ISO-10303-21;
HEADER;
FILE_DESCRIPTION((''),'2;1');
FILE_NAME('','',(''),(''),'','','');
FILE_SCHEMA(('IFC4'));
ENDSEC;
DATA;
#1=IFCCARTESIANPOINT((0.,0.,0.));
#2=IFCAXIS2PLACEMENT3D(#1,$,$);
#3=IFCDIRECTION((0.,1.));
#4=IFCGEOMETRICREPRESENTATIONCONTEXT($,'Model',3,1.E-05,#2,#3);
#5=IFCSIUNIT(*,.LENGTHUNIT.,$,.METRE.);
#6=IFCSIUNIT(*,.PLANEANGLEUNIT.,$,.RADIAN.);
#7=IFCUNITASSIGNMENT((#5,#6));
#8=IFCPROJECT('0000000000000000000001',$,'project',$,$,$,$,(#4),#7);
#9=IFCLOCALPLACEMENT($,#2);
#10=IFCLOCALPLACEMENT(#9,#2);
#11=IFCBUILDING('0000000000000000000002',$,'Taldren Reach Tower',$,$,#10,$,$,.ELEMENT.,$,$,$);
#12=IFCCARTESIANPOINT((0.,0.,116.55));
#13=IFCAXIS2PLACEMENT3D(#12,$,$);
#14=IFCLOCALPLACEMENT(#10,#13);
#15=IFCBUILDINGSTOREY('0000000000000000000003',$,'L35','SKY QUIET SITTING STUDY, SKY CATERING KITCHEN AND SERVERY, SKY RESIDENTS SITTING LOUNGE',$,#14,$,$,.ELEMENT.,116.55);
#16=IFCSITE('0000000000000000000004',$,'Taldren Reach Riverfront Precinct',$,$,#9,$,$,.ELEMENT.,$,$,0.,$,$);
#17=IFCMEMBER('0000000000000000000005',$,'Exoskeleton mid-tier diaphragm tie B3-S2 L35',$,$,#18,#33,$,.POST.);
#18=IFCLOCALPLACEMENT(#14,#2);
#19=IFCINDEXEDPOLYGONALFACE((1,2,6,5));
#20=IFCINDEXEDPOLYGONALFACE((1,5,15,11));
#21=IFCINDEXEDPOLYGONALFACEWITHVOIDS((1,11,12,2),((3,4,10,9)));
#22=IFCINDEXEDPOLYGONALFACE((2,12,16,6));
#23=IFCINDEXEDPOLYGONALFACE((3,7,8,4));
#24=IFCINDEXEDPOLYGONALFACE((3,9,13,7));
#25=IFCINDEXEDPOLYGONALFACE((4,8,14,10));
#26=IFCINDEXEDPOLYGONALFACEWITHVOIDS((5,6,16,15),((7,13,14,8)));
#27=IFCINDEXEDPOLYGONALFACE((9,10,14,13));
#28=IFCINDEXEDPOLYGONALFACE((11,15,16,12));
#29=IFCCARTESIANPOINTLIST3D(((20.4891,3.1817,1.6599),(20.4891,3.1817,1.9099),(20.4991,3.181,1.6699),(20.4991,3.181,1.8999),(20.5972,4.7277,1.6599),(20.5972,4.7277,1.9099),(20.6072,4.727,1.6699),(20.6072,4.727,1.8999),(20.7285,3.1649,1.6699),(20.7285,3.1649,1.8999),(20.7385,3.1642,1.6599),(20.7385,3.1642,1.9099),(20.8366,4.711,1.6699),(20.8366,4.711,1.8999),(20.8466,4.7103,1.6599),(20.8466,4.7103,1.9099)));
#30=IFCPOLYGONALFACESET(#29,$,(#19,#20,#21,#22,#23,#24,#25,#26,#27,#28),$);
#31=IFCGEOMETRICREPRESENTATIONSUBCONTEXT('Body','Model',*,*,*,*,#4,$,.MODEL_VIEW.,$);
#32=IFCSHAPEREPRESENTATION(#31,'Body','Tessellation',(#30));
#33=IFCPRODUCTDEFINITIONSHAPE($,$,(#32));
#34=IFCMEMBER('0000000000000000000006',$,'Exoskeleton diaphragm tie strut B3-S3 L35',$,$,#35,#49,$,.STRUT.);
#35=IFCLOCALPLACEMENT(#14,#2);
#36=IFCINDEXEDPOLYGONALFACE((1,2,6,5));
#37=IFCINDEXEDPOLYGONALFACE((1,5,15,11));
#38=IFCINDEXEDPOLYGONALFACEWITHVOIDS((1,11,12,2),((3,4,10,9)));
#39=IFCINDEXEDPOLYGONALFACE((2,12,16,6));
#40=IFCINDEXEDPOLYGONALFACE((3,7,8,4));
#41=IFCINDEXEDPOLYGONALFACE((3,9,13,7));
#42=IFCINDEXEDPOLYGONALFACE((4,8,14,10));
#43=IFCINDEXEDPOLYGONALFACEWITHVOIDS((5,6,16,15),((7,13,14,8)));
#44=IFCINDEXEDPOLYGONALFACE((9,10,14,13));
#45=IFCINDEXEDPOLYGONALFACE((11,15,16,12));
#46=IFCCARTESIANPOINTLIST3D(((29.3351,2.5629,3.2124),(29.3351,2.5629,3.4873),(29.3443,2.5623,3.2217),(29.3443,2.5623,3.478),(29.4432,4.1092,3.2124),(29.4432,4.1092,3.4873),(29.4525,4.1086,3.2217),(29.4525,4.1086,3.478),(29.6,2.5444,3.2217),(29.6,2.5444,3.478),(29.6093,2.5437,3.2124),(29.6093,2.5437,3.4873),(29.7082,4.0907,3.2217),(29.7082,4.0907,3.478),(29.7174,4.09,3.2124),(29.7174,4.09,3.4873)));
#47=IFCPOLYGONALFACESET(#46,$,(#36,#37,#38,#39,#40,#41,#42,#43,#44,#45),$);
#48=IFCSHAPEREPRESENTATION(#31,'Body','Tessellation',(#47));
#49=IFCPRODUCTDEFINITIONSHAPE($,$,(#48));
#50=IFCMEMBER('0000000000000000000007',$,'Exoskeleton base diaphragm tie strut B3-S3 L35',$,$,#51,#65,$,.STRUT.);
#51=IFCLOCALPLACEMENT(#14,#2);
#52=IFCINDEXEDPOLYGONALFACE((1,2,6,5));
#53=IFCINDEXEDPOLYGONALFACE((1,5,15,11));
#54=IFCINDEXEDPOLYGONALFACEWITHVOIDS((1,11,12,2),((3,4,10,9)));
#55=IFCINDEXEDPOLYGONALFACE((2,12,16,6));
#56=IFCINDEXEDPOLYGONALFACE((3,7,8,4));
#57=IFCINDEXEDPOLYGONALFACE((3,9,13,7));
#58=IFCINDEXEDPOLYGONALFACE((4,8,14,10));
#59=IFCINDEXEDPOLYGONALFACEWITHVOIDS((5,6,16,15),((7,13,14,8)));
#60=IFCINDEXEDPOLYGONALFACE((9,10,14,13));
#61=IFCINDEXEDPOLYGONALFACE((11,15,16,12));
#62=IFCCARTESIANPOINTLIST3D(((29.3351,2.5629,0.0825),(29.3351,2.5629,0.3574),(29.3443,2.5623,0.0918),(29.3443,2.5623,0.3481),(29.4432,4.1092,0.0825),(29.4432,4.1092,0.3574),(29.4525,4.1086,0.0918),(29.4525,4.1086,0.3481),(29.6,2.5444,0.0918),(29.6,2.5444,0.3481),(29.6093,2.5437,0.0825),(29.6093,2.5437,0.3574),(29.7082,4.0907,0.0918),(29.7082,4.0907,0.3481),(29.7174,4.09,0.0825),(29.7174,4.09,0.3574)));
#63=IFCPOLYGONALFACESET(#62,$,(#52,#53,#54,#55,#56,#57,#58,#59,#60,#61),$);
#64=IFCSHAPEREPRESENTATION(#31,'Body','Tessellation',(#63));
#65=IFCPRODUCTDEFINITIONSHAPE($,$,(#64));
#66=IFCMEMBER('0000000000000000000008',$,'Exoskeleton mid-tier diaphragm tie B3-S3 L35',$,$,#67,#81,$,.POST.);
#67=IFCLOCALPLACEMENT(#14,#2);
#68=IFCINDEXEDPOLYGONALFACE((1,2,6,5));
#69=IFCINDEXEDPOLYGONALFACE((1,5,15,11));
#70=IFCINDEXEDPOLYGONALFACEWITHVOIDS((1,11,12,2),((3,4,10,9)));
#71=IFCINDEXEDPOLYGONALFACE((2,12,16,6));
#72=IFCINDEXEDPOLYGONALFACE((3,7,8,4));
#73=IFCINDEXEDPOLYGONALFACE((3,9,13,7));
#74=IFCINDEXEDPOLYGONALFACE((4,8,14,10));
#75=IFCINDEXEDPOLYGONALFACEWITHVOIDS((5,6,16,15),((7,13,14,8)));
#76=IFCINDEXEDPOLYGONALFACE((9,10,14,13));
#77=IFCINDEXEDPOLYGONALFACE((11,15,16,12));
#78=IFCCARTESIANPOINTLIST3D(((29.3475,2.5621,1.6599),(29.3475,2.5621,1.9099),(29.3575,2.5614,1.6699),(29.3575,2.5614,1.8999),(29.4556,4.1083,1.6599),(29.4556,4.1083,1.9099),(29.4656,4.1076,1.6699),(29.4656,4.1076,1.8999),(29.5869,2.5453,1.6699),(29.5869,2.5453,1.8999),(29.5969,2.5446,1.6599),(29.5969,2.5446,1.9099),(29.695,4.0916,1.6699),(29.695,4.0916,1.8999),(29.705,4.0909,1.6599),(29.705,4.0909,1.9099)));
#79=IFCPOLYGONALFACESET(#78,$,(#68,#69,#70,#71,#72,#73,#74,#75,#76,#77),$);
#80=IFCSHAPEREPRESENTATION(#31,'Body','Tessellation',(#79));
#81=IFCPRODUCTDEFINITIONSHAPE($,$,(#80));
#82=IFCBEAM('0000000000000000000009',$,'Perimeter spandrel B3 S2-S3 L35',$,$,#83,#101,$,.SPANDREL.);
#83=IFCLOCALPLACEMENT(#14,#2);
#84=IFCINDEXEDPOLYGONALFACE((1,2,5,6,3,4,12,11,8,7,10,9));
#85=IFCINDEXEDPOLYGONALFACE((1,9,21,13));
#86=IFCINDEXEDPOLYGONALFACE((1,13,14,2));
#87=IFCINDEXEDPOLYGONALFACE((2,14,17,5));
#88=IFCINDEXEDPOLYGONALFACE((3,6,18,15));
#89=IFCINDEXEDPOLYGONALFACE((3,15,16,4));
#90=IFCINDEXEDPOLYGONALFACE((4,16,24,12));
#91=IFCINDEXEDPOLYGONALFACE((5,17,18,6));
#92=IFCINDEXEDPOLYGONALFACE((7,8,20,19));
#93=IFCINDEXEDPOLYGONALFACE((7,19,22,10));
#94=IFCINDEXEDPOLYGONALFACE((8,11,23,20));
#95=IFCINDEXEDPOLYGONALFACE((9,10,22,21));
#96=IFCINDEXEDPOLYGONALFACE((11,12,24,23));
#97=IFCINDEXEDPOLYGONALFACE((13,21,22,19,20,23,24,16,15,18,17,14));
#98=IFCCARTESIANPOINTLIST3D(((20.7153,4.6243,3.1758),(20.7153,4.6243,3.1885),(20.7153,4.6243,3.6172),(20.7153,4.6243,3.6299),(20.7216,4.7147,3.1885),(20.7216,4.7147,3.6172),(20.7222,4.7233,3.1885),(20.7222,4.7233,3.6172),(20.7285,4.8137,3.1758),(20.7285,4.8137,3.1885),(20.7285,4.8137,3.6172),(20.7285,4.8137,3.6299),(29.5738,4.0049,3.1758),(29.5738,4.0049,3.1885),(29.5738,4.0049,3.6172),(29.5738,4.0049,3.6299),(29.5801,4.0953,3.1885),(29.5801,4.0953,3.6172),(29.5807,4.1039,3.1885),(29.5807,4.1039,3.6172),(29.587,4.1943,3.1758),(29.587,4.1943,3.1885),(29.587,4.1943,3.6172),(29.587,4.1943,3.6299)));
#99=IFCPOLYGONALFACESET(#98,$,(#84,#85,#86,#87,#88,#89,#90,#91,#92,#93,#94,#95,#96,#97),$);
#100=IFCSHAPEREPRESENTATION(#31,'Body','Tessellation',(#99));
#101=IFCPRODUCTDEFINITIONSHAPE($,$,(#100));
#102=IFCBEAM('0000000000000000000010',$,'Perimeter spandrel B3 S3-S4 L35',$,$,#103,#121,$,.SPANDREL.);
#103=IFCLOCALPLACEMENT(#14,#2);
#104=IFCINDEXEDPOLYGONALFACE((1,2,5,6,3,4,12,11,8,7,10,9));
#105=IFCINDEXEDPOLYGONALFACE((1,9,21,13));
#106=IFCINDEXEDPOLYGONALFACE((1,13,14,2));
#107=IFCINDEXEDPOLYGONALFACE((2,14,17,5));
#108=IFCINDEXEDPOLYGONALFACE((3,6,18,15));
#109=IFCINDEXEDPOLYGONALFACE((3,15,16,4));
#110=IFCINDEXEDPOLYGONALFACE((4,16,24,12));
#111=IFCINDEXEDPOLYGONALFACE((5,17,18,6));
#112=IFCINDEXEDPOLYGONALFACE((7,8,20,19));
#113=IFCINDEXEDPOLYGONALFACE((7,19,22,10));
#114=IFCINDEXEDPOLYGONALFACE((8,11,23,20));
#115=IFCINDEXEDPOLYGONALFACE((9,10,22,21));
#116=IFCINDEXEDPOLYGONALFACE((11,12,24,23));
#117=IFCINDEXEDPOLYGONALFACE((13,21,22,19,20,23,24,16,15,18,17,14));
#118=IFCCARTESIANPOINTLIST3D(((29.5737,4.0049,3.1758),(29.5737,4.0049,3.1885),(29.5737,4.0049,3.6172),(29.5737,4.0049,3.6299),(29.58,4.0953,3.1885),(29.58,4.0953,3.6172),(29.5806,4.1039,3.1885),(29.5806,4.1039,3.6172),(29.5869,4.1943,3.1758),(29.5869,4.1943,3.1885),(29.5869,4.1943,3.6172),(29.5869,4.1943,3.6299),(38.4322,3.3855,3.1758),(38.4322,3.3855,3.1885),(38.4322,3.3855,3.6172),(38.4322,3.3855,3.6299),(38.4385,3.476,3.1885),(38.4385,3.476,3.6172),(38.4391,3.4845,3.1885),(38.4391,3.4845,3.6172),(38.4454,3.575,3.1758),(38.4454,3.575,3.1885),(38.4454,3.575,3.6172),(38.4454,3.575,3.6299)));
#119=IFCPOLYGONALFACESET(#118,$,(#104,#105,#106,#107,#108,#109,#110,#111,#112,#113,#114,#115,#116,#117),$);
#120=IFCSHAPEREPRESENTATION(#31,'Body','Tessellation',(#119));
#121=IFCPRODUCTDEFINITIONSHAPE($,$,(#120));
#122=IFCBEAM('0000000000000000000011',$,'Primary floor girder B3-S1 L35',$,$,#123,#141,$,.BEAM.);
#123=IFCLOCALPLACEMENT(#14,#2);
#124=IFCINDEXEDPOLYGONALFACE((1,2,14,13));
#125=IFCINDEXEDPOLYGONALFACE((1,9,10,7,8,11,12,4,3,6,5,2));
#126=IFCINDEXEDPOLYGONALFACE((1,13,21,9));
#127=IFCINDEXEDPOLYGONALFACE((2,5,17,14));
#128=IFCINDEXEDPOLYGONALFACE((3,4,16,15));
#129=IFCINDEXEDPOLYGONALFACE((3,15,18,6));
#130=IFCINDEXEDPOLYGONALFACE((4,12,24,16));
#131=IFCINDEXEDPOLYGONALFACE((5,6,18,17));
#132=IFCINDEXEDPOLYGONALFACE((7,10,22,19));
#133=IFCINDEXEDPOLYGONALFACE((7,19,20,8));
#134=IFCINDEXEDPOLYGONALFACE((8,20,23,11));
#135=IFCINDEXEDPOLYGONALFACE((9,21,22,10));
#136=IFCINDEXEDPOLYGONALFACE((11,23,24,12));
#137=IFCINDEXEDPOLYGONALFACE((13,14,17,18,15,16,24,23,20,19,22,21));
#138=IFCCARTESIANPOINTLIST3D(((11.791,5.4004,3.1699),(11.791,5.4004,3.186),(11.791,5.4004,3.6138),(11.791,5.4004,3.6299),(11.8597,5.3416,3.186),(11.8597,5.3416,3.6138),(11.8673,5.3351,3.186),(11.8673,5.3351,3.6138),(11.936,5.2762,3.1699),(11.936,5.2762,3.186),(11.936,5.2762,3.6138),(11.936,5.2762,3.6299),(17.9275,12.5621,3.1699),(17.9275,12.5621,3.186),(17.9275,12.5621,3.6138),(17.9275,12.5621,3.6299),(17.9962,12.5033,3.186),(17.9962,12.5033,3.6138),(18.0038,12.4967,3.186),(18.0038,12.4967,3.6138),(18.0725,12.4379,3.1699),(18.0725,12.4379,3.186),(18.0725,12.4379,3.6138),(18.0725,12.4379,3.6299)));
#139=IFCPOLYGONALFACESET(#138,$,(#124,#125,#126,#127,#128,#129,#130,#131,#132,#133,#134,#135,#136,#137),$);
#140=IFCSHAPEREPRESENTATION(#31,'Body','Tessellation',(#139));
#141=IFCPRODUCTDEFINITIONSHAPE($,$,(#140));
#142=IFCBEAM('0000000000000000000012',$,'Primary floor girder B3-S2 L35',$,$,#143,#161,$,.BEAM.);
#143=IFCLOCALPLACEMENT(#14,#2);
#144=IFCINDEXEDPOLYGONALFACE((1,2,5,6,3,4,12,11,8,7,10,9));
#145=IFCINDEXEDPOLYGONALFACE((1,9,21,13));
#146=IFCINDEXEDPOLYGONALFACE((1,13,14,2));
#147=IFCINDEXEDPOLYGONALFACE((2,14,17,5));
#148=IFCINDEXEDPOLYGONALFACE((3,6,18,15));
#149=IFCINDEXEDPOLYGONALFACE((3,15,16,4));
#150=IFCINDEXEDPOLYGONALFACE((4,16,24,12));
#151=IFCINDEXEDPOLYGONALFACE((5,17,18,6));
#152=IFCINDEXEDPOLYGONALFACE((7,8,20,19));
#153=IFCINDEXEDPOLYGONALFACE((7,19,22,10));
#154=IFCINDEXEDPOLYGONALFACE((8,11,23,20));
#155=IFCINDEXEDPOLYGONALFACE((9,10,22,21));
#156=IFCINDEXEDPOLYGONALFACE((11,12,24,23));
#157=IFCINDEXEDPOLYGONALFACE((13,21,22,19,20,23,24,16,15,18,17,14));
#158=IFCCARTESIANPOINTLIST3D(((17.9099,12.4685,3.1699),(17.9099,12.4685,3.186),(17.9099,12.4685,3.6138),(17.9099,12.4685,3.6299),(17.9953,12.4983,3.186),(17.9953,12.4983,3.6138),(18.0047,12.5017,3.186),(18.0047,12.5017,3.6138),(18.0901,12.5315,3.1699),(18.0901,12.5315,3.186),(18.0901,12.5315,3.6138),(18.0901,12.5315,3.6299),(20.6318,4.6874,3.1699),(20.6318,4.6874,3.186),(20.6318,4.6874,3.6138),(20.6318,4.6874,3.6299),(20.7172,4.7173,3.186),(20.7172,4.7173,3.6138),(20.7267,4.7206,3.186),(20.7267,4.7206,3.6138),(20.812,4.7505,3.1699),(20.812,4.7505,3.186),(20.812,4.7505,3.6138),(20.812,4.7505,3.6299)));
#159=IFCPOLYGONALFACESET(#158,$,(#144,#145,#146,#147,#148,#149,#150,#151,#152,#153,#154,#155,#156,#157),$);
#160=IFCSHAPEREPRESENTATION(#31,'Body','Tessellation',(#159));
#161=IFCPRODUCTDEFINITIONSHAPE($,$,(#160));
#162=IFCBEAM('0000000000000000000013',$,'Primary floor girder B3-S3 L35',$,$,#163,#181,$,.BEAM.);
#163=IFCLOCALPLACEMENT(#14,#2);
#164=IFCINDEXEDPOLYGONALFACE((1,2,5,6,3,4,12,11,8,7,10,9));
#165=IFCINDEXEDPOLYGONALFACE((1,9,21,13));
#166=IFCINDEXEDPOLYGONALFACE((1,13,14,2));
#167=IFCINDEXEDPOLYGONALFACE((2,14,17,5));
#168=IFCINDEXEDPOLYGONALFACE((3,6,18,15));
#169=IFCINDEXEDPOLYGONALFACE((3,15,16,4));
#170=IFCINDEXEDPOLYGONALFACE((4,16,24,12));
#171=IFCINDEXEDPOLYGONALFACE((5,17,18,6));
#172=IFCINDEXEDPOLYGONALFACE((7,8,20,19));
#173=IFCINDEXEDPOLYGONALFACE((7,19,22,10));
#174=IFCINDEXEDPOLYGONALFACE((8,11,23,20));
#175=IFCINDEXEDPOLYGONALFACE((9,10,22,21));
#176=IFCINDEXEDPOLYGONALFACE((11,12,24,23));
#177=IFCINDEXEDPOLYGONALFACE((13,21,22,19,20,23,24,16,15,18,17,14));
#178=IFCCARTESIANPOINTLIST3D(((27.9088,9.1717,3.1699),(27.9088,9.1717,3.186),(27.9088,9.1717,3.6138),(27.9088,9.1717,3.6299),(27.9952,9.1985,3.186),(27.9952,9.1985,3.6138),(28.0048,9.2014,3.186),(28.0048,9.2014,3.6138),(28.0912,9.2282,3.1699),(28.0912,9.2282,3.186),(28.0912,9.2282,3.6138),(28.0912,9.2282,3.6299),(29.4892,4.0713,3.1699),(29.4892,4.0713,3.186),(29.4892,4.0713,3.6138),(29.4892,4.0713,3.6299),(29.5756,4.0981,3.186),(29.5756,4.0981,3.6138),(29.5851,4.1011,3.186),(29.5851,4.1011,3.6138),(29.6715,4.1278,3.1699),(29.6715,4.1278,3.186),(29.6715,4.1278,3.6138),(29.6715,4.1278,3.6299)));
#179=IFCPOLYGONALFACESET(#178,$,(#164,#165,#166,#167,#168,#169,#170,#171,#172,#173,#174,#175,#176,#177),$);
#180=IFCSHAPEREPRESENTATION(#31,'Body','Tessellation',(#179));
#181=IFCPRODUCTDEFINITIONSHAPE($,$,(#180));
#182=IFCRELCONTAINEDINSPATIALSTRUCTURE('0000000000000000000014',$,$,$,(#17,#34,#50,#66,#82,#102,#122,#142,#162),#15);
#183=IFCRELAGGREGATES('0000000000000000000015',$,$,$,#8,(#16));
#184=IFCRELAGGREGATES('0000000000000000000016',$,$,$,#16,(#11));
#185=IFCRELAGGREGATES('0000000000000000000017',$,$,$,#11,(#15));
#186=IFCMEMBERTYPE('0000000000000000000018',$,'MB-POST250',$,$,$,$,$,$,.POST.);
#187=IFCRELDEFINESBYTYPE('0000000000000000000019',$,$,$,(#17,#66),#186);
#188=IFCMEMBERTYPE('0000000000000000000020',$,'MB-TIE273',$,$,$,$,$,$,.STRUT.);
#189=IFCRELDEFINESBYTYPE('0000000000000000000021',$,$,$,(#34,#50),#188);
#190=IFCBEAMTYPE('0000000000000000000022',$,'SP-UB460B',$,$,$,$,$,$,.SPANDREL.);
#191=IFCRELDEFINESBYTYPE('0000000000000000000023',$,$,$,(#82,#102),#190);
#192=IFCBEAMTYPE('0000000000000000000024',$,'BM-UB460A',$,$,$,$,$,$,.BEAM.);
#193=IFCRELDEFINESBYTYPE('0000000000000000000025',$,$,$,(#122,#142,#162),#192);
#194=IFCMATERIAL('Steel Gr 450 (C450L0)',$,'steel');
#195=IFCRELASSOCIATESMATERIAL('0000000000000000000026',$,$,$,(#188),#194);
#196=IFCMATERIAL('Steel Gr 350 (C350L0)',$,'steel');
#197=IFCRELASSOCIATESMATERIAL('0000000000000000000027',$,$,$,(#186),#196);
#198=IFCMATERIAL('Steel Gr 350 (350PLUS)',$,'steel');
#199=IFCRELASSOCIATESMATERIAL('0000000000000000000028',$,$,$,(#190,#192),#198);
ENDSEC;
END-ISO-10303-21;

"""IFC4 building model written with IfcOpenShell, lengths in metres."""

from ifc_helpers import new_model, si_unit, direction, frame, origin, origin_2d, place, context, subcontext, project, spatial, hollow_rectangle, i_section, extrude, source, transform, mapped, material, material_profile, profile_set, type_object, element, save


model = new_model("IFC4")

# Units and contexts
model_context = context("Model", 3, precision=1e-05, world=origin(), true_north=direction((0.0, 1.0)))
body_context = subcontext(model_context, "Body", "Model", "MODEL_VIEW")
ifc_project = project(units=[si_unit("LENGTHUNIT", "METRE"), si_unit("PLANEANGLEUNIT", "RADIAN")], contexts=[model_context])

# Site, building, storey
site_placement = place(None, origin())
site = spatial("IfcSite", under=ifc_project, at=site_placement, Name="Taldren Reach Riverfront Precinct", CompositionType="ELEMENT", RefElevation=0.0)
building_placement = place(site_placement, origin())
building = spatial("IfcBuilding", under=site, at=building_placement, Name="Taldren Reach Tower", CompositionType="ELEMENT")
storey_placement = place(building_placement, frame((0.0, 0.0, 116.55)))
storey = spatial("IfcBuildingStorey", under=building, at=storey_placement, Name="L35", Description="SKY QUIET SITTING STUDY, SKY CATERING KITCHEN AND SERVERY, SKY RESIDENTS SITTING LOUNGE", CompositionType="ELEMENT", Elevation=116.55)

# Shared definitions
ifc_material_1 = material(Name="Steel Gr 350 (350PLUS)", Category="steel")

# Members
ifc_material_2 = material(Name="Steel Gr 450 (C450L0)", Category="steel")
ifc_material_profile_1 = material_profile(ifc_material_2, hollow_rectangle(XDim=0.2749, YDim=0.2749, WallThickness=0.0093, at=origin_2d()), Name="275x275x9.3SHS")
ifc_profile_set_1 = profile_set([ifc_material_profile_1], Name="Steel Gr 450 (C450L0)")
member_type_1 = type_object("IfcMemberType", Name="MB-TIE273", PredefinedType="STRUT", material=ifc_profile_set_1)
ifc_material_3 = material(Name="Steel Gr 350 (C350L0)", Category="steel")
ifc_material_profile_2 = material_profile(ifc_material_3, hollow_rectangle(XDim=0.25, YDim=0.25, WallThickness=0.01, at=origin_2d()), Name="250x250x10.0SHS")
ifc_profile_set_2 = profile_set([ifc_material_profile_2], Name="Steel Gr 350 (C350L0)")
member_type_2 = type_object("IfcMemberType", Name="MB-POST250", PredefinedType="POST", material=ifc_profile_set_2)
shared_shape_1 = source(origin(), body_context, "Body", "SweptSolid", [
    extrude(hollow_rectangle(XDim=0.25, YDim=0.25, WallThickness=0.01, at=origin_2d()), origin(), (0.0, 0.0, 1.0), 1.5498),
])
member_1_placement = place(storey_placement, frame((20.7219, 4.719, 1.7849), z_axis=(-0.069781, -0.997562, 0.0), x_axis=(0.997562, -0.069781, 0.0)))
element("IfcMember", 1, at=member_1_placement, inside=storey, type_object=member_type_2, Name="Exoskeleton mid-tier diaphragm tie B3-S2 L35", PredefinedType="POST", context=body_context, shape_type="MappedRepresentation", body=[
    mapped(shared_shape_1, transform((0.0, 0.0, 0.0), scale=1.0)),
])
shared_shape_2 = source(origin(), body_context, "Body", "SweptSolid", [
    extrude(hollow_rectangle(XDim=0.2749, YDim=0.2749, WallThickness=0.0093, at=origin_2d()), origin(), (0.0, 0.0, 1.0), 1.55),
])
for number, where, z_axis, x_axis, name in (
    (2, (29.5803, 4.0996, 3.3499), (-0.06977, -0.997563, 0.0), (0.997563, -0.06977, 0.0), "Exoskeleton diaphragm tie strut B3-S3 L35"),
    (3, (29.5803, 4.0996, 0.22), (-0.06977, -0.997563, 0.0), (0.997563, -0.06977, 0.0), "Exoskeleton base diaphragm tie strut B3-S3 L35"),
):
    element("IfcMember", number, at=place(storey_placement, frame(where, z_axis=z_axis, x_axis=x_axis)), inside=storey, type_object=member_type_1, Name=name, PredefinedType="STRUT", context=body_context, shape_type="MappedRepresentation", body=[
        mapped(shared_shape_2, transform((0.0, 0.0, 0.0), scale=1.0)),
    ])
shared_shape_3 = source(origin(), body_context, "Body", "SweptSolid", [
    extrude(hollow_rectangle(XDim=0.25, YDim=0.25, WallThickness=0.01, at=origin_2d()), origin(), (0.0, 0.0, 1.0), 1.55),
])
member_2_placement = place(storey_placement, frame((29.5803, 4.0996, 1.7849), z_axis=(-0.06977, -0.997563, 0.0), x_axis=(0.997563, -0.06977, 0.0)))
element("IfcMember", 4, at=member_2_placement, inside=storey, type_object=member_type_2, Name="Exoskeleton mid-tier diaphragm tie B3-S3 L35", PredefinedType="POST", context=body_context, shape_type="MappedRepresentation", body=[
    mapped(shared_shape_3, transform((0.0, 0.0, 0.0), scale=1.0)),
])

# Beams
ifc_material_profile_3 = material_profile(ifc_material_1, i_section(OverallWidth=0.1899, OverallDepth=0.4541, WebThickness=0.0085, FlangeThickness=0.0127, at=origin_2d()), Name="460UB67.1")
ifc_profile_set_3 = profile_set([ifc_material_profile_3], Name="Steel Gr 350 (350PLUS)")
beam_type_1 = type_object("IfcBeamType", Name="SP-UB460B", PredefinedType="SPANDREL", material=ifc_profile_set_3)
shared_shape_4 = source(origin(), body_context, "Body", "SweptSolid", [
    extrude(i_section(OverallWidth=0.1899, OverallDepth=0.4541, WebThickness=0.0085, FlangeThickness=0.0127, at=origin_2d()), origin(), (0.0, 0.0, 1.0), 8.8801),
])
for number, where, z_axis, x_axis, name in (
    (5, (20.7219, 4.719, 3.4028), (0.997564, -0.06975, 0.0), (0.06975, 0.997564, 0.0), "Perimeter spandrel B3 S2-S3 L35"),
    (6, (29.5803, 4.0996, 3.4028), (0.997564, -0.06975, 0.0), (0.06975, 0.997564, 0.0), "Perimeter spandrel B3 S3-S4 L35"),
):
    element("IfcBeam", number, at=place(storey_placement, frame(where, z_axis=z_axis, x_axis=x_axis)), inside=storey, type_object=beam_type_1, Name=name, PredefinedType="SPANDREL", context=body_context, shape_type="MappedRepresentation", body=[
        mapped(shared_shape_4, transform((0.0, 0.0, 0.0), scale=1.0)),
    ])
ifc_material_profile_4 = material_profile(ifc_material_1, i_section(OverallWidth=0.1909, OverallDepth=0.46, WebThickness=0.01, FlangeThickness=0.0161, at=origin_2d()), Name="460UB82.1")
ifc_profile_set_4 = profile_set([ifc_material_profile_4], Name="Steel Gr 350 (350PLUS)")
beam_type_2 = type_object("IfcBeamType", Name="BM-UB460A", PredefinedType="BEAM", material=ifc_profile_set_4)
shared_shape_5 = source(origin(), body_context, "Body", "SweptSolid", [
    extrude(i_section(OverallWidth=0.1909, OverallDepth=0.46, WebThickness=0.01, FlangeThickness=0.0161, at=origin_2d()), origin(), (0.0, 0.0, 1.0), 9.4312),
])
beam_1_placement = place(storey_placement, frame((18.0, 12.5, 3.3999), z_axis=(-0.650666, -0.759364, 0.0), x_axis=(0.759364, -0.650666, 0.0)))
element("IfcBeam", 7, at=beam_1_placement, inside=storey, type_object=beam_type_2, Name="Primary floor girder B3-S1 L35", PredefinedType="BEAM", context=body_context, shape_type="MappedRepresentation", body=[
    mapped(shared_shape_5, transform((0.0, 0.0, 0.0), scale=1.0)),
])
shared_shape_6 = source(origin(), body_context, "Body", "SweptSolid", [
    extrude(i_section(OverallWidth=0.1909, OverallDepth=0.46, WebThickness=0.01, FlangeThickness=0.0161, at=origin_2d()), origin(), (0.0, 0.0, 1.0), 8.2434),
])
beam_2_placement = place(storey_placement, frame((18.0, 12.5, 3.3999), z_axis=(0.330196, -0.943912, 0.0), x_axis=(0.943912, 0.330196, 0.0)))
element("IfcBeam", 8, at=beam_2_placement, inside=storey, type_object=beam_type_2, Name="Primary floor girder B3-S2 L35", PredefinedType="BEAM", context=body_context, shape_type="MappedRepresentation", body=[
    mapped(shared_shape_6, transform((0.0, 0.0, 0.0), scale=1.0)),
])
shared_shape_7 = source(origin(), body_context, "Body", "SweptSolid", [
    extrude(i_section(OverallWidth=0.1909, OverallDepth=0.46, WebThickness=0.01, FlangeThickness=0.0161, at=origin_2d()), origin(), (0.0, 0.0, 1.0), 5.3396),
])
beam_3_placement = place(storey_placement, frame((28.0, 9.2, 3.3999), z_axis=(0.295965, -0.955199, 0.0), x_axis=(0.955199, 0.295965, 0.0)))
element("IfcBeam", 9, at=beam_3_placement, inside=storey, type_object=beam_type_2, Name="Primary floor girder B3-S3 L35", PredefinedType="BEAM", context=body_context, shape_type="MappedRepresentation", body=[
    mapped(shared_shape_7, transform((0.0, 0.0, 0.0), scale=1.0)),
])

save(model, "model.ifc")
